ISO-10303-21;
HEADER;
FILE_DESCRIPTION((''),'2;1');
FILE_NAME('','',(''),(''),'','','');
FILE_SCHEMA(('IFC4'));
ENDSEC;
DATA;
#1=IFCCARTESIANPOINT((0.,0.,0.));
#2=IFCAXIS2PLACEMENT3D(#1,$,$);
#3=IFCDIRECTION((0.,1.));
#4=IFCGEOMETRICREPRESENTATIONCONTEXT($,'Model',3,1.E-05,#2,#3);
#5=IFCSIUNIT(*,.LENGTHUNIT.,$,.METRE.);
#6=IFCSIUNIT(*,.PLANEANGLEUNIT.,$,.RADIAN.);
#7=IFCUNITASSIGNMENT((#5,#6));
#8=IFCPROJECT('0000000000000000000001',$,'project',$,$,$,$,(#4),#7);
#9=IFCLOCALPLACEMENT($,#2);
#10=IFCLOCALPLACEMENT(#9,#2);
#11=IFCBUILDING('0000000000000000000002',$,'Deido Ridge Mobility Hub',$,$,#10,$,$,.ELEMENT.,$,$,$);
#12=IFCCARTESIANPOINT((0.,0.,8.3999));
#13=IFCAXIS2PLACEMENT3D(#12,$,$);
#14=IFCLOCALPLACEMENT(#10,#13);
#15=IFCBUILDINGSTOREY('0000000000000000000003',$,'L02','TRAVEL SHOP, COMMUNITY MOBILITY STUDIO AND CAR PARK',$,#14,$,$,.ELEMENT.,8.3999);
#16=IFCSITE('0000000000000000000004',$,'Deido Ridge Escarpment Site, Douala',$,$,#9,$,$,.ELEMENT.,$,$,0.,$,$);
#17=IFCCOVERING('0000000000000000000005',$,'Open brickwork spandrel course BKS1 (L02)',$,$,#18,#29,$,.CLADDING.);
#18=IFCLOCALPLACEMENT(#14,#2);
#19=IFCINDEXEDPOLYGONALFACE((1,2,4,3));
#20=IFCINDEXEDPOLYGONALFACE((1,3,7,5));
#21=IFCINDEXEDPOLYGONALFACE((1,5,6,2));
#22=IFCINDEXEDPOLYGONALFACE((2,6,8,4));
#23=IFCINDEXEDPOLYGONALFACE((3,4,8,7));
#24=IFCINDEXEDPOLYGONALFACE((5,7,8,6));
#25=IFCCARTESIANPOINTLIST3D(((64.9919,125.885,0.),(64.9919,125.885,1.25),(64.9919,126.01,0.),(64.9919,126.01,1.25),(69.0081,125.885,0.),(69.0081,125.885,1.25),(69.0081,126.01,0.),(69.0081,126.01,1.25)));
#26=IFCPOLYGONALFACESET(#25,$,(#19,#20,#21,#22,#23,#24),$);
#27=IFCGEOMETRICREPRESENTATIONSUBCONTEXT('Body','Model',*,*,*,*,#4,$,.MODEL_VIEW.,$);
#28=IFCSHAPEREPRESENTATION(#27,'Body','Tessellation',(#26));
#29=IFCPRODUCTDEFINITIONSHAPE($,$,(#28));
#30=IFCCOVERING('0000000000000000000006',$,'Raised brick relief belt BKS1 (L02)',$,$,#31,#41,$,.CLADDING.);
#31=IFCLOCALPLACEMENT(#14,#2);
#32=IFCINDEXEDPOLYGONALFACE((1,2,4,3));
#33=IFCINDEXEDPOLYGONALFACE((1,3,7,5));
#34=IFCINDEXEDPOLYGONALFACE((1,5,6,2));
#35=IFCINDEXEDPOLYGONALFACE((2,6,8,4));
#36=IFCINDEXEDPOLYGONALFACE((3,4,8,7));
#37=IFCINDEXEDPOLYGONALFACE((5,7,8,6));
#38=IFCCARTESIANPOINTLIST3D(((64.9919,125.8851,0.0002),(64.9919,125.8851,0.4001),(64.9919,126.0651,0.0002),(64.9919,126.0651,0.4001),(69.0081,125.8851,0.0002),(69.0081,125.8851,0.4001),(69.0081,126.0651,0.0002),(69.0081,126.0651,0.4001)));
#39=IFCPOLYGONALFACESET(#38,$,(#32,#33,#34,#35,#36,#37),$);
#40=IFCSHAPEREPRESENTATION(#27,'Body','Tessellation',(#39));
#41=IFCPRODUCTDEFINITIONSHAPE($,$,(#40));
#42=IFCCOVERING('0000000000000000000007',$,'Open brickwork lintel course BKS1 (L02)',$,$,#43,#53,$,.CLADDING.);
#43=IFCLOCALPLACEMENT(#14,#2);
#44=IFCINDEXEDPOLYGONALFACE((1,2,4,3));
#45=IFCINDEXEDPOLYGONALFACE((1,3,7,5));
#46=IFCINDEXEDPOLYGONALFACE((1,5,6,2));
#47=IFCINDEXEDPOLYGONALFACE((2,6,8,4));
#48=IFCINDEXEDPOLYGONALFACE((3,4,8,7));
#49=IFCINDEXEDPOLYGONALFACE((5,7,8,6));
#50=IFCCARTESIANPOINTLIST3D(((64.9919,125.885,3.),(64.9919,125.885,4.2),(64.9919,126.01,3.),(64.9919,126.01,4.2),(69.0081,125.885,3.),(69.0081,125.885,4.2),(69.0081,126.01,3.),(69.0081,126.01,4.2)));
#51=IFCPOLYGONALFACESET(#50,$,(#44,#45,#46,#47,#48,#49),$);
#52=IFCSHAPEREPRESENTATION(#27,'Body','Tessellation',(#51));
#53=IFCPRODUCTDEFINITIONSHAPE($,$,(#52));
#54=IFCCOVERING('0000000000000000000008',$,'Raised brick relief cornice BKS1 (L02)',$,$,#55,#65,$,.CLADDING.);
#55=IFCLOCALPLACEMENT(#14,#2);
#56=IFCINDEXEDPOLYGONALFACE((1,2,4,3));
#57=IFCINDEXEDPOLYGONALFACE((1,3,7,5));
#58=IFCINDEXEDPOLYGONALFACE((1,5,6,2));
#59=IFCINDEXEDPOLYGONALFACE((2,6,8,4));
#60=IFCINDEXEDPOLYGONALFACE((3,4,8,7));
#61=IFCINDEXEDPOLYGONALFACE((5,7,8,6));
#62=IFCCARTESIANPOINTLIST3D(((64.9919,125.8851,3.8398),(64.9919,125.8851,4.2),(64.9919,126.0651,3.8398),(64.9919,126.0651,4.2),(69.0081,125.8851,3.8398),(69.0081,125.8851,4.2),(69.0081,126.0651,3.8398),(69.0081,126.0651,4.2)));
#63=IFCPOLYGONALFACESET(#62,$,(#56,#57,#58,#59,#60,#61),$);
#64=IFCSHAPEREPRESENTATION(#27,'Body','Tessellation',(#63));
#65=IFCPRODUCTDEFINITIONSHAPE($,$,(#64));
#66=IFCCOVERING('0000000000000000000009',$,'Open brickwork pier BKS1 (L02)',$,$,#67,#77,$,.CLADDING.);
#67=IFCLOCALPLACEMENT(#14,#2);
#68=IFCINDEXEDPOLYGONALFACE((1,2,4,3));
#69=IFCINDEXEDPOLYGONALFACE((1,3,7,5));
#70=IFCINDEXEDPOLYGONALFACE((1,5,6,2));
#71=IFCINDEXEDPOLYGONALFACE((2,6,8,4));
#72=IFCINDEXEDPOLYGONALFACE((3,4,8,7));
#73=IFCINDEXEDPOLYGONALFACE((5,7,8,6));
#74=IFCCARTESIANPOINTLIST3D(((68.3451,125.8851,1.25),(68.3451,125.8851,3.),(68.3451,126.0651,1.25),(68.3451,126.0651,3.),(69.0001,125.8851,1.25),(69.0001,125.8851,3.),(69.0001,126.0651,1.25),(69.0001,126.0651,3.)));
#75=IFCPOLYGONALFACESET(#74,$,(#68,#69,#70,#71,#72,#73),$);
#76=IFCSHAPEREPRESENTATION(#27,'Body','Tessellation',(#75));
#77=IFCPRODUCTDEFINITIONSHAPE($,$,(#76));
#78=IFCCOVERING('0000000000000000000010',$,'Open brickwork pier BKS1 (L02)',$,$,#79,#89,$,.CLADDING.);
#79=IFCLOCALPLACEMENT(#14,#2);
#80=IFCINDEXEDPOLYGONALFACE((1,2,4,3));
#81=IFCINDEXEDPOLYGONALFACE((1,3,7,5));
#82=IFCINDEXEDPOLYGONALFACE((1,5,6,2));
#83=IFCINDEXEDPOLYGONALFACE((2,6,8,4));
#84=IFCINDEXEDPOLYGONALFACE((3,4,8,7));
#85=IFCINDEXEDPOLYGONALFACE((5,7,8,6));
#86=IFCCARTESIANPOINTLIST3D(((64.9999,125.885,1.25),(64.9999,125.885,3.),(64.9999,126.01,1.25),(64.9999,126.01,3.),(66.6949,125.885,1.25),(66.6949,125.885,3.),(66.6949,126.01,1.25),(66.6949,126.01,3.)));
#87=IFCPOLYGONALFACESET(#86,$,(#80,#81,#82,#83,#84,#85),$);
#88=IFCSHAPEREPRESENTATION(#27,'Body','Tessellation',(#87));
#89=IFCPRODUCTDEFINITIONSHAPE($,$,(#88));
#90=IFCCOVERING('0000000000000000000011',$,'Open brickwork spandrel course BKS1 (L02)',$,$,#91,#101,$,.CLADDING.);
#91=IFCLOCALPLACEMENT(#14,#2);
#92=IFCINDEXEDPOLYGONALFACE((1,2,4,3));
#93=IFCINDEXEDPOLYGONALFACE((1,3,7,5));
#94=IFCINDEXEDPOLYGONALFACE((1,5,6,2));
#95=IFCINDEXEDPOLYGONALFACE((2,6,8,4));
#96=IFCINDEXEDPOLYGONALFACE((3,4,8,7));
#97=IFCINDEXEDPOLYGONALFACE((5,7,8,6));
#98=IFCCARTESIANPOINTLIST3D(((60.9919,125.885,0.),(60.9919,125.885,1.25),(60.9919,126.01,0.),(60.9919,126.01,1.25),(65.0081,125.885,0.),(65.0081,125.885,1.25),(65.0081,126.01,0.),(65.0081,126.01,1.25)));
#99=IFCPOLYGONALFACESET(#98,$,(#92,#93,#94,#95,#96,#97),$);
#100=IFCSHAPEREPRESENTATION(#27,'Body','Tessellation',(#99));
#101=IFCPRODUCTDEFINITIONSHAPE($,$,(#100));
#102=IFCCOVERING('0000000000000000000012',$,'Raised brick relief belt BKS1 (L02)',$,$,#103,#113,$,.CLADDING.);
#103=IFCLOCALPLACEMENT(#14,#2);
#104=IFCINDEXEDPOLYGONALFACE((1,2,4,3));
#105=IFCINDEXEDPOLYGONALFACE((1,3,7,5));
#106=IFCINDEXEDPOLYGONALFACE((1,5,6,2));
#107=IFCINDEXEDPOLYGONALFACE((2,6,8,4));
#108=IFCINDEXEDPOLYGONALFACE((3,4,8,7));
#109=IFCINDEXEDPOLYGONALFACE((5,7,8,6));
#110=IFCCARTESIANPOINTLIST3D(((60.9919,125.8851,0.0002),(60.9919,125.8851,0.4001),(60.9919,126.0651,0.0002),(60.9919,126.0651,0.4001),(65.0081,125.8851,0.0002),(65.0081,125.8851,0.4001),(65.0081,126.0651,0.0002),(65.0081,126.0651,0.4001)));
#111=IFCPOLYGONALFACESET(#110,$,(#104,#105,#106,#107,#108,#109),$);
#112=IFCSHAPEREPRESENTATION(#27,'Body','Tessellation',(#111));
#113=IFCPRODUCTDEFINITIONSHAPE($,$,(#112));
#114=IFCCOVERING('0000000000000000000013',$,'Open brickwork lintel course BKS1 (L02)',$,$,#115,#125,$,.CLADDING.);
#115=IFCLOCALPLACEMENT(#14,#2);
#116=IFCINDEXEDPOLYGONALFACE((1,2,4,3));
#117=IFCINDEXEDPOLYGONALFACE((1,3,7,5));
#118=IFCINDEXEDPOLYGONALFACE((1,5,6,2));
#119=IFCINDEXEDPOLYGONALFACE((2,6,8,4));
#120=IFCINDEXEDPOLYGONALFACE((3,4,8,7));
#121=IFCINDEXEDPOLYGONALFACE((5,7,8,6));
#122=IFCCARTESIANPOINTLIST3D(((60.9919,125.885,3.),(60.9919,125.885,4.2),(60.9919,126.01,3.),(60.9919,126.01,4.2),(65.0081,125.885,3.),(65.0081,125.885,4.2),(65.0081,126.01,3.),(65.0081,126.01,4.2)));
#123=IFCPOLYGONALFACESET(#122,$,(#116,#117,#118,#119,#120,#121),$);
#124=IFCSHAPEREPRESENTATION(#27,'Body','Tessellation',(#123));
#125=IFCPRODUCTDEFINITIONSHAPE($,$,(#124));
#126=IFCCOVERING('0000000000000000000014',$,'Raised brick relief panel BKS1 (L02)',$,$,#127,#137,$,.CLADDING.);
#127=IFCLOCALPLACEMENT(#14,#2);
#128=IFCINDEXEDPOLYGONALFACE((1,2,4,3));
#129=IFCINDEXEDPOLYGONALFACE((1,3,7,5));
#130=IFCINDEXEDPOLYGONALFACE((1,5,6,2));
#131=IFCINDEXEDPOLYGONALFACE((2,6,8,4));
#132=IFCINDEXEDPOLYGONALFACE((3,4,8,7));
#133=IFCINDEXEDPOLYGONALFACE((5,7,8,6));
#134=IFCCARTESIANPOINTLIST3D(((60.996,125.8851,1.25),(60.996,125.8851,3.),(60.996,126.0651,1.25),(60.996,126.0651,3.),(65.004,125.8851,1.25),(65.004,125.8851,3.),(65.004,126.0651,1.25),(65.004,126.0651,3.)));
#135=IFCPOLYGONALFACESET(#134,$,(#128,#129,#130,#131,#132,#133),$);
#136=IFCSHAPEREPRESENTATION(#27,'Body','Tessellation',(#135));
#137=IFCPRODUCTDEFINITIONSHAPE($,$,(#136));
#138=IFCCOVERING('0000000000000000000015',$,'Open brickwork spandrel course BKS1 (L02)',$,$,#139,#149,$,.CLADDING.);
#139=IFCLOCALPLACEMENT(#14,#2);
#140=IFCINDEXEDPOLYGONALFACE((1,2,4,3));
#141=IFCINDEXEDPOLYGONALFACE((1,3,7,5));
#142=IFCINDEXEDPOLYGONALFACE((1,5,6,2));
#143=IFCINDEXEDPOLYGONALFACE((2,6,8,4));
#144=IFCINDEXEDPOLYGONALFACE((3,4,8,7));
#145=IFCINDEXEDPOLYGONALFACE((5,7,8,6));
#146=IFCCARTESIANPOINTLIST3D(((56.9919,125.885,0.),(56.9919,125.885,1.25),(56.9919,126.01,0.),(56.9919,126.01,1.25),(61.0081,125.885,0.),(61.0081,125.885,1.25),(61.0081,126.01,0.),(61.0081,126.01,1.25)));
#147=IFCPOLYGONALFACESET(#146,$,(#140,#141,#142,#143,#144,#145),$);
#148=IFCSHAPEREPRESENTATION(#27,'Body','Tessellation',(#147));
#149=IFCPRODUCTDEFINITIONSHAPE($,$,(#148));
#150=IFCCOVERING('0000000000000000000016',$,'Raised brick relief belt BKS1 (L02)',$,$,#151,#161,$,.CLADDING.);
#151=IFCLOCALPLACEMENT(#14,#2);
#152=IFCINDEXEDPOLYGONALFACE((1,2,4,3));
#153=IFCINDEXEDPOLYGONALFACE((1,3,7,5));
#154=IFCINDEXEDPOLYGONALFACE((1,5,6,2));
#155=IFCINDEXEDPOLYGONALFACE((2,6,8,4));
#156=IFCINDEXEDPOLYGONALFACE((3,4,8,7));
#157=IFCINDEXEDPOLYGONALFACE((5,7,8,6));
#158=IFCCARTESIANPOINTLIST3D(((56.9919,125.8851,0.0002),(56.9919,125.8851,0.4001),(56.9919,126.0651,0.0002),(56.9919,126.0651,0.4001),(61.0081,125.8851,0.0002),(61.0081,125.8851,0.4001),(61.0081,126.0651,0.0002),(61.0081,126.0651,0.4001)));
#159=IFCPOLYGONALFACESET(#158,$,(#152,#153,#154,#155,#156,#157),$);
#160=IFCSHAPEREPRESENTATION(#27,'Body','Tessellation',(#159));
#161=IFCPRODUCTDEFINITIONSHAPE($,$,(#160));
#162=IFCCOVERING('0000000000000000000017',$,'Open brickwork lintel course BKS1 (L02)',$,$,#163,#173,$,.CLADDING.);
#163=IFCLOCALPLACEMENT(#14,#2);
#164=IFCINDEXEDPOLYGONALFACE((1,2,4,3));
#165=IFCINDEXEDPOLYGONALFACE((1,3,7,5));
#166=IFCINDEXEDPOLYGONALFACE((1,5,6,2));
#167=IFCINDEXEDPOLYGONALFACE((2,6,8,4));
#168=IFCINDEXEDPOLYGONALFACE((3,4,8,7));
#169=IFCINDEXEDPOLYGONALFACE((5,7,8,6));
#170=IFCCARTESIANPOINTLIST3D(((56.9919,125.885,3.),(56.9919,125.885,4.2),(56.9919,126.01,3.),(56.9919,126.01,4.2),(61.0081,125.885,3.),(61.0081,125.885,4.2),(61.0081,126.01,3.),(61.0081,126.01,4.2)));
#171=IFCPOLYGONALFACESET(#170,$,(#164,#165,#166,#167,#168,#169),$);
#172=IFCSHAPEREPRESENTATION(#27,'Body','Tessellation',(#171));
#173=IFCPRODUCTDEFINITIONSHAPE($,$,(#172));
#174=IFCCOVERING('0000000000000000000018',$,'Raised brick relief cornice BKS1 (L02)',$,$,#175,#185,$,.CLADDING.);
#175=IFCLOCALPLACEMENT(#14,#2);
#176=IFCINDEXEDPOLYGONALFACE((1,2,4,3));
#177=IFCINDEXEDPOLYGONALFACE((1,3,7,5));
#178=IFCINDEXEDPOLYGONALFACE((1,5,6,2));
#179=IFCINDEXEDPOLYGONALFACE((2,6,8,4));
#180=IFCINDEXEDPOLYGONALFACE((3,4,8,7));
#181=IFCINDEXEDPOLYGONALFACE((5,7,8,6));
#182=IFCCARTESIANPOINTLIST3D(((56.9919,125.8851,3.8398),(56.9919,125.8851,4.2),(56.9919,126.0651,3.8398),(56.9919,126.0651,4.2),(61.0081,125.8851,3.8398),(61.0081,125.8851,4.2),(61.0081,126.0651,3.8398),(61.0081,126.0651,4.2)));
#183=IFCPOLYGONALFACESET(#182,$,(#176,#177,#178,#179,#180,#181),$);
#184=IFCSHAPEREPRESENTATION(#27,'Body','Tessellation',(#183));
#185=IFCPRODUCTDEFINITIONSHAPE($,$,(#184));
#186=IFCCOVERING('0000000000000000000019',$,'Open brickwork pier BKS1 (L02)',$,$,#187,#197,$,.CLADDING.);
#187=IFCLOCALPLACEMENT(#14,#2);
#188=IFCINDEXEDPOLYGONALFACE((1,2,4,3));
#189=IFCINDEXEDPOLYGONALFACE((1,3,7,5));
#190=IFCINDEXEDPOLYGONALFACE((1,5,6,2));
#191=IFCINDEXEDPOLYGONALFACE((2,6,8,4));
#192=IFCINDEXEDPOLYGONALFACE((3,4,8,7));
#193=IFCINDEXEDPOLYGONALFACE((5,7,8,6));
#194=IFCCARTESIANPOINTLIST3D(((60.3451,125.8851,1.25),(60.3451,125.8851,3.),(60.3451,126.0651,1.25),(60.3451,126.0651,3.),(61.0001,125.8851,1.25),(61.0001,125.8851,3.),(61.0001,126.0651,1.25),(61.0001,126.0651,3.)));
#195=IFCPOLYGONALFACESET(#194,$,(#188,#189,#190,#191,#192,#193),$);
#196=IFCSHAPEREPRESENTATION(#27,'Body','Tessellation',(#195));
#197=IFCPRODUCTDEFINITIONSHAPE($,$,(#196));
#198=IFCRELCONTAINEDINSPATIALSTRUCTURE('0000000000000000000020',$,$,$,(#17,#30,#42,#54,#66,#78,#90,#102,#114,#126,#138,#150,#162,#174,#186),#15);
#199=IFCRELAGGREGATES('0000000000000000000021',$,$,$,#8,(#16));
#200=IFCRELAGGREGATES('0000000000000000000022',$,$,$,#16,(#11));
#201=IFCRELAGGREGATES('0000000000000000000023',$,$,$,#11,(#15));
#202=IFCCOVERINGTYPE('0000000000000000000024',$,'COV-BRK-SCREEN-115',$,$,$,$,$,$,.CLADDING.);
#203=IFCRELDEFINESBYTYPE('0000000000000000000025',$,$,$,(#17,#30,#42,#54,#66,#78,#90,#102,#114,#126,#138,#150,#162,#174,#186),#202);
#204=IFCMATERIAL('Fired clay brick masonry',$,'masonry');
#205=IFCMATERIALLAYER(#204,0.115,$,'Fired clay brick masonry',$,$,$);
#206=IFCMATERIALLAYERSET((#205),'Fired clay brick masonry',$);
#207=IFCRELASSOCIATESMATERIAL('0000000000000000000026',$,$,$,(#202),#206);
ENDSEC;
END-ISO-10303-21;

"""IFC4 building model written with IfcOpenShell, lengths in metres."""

from ifc_helpers import new_model, si_unit, direction, frame, origin, origin_2d, place, context, subcontext, project, spatial, rectangle, extrude, material, layer, layer_set, type_object, element, save


model = new_model("IFC4")

# Units and contexts
model_context = context("Model", 3, precision=1e-05, world=origin(), true_north=direction((0.0, 1.0)))
body_context = subcontext(model_context, "Body", "Model", "MODEL_VIEW")
ifc_project = project(units=[si_unit("LENGTHUNIT", "METRE"), si_unit("PLANEANGLEUNIT", "RADIAN")], contexts=[model_context])

# Site, building, storey
site_placement = place(None, origin())
site = spatial("IfcSite", under=ifc_project, at=site_placement, Name="Deido Ridge Escarpment Site, Douala", CompositionType="ELEMENT", RefElevation=0.0)
building_placement = place(site_placement, origin())
building = spatial("IfcBuilding", under=site, at=building_placement, Name="Deido Ridge Mobility Hub", CompositionType="ELEMENT")
storey_placement = place(building_placement, frame((0.0, 0.0, 8.3999)))
storey = spatial("IfcBuildingStorey", under=building, at=storey_placement, Name="L02", Description="TRAVEL SHOP, COMMUNITY MOBILITY STUDIO AND CAR PARK", CompositionType="ELEMENT", Elevation=8.3999)

# Coverings
ifc_material_1 = material(Name="Fired clay brick masonry", Category="masonry")
ifc_layer = layer(ifc_material_1, 0.115, Name="Fired clay brick masonry")
ifc_layer_set = layer_set([ifc_layer], Name="Fired clay brick masonry")
covering_type = type_object("IfcCoveringType", Name="COV-BRK-SCREEN-115", PredefinedType="CLADDING", material=ifc_layer_set)
covering_1_placement = place(storey_placement, frame((67.0, 125.9475, 0.0), z_axis=(0.0, 0.0, 1.0), x_axis=(-1.0, 0.0, 0.0)))
element("IfcCovering", 1, at=covering_1_placement, inside=storey, type_object=covering_type, Name="Open brickwork spandrel course BKS1 (L02)", PredefinedType="CLADDING", context=body_context, shape_type="SweptSolid", body=[
    extrude(rectangle(XDim=4.0161, YDim=0.125, at=origin_2d()), origin(), (0.0, 0.0, 1.0), 1.25),
])
covering_2_placement = place(storey_placement, frame((67.0, 125.9751, 0.0002), z_axis=(0.0, 0.0, 1.0), x_axis=(-1.0, 0.0, 0.0)))
element("IfcCovering", 2, at=covering_2_placement, inside=storey, type_object=covering_type, Name="Raised brick relief belt BKS1 (L02)", PredefinedType="CLADDING", context=body_context, shape_type="SweptSolid", body=[
    extrude(rectangle(XDim=4.0161, YDim=0.1799, at=origin_2d()), origin(), (0.0, 0.0, 1.0), 0.3999),
])
covering_3_placement = place(storey_placement, frame((67.0, 125.9475, 3.0), z_axis=(0.0, 0.0, 1.0), x_axis=(-1.0, 0.0, 0.0)))
element("IfcCovering", 3, at=covering_3_placement, inside=storey, type_object=covering_type, Name="Open brickwork lintel course BKS1 (L02)", PredefinedType="CLADDING", context=body_context, shape_type="SweptSolid", body=[
    extrude(rectangle(XDim=4.0161, YDim=0.125, at=origin_2d()), origin(), (0.0, 0.0, 1.0), 1.2),
])
covering_4_placement = place(storey_placement, frame((67.0, 125.9751, 3.8398), z_axis=(0.0, 0.0, 1.0), x_axis=(-1.0, 0.0, 0.0)))
element("IfcCovering", 4, at=covering_4_placement, inside=storey, type_object=covering_type, Name="Raised brick relief cornice BKS1 (L02)", PredefinedType="CLADDING", context=body_context, shape_type="SweptSolid", body=[
    extrude(rectangle(XDim=4.0161, YDim=0.1799, at=origin_2d()), origin(), (0.0, 0.0, 1.0), 0.3601),
])
covering_5_placement = place(storey_placement, frame((68.6726, 125.9751, 1.25), z_axis=(0.0, 0.0, 1.0), x_axis=(-1.0, 0.0, 0.0)))
element("IfcCovering", 5, at=covering_5_placement, inside=storey, type_object=covering_type, Name="Open brickwork pier BKS1 (L02)", PredefinedType="CLADDING", context=body_context, shape_type="SweptSolid", body=[
    extrude(rectangle(XDim=0.655, YDim=0.1799, at=origin_2d()), origin(), (0.0, 0.0, 1.0), 1.75),
])
covering_6_placement = place(storey_placement, frame((65.8474, 125.9475, 1.25), z_axis=(0.0, 0.0, 1.0), x_axis=(-1.0, 0.0, 0.0)))
element("IfcCovering", 6, at=covering_6_placement, inside=storey, type_object=covering_type, Name="Open brickwork pier BKS1 (L02)", PredefinedType="CLADDING", context=body_context, shape_type="SweptSolid", body=[
    extrude(rectangle(XDim=1.6951, YDim=0.125, at=origin_2d()), origin(), (0.0, 0.0, 1.0), 1.75),
])
covering_7_placement = place(storey_placement, frame((63.0, 125.9475, 0.0), z_axis=(0.0, 0.0, 1.0), x_axis=(-1.0, 0.0, 0.0)))
element("IfcCovering", 7, at=covering_7_placement, inside=storey, type_object=covering_type, Name="Open brickwork spandrel course BKS1 (L02)", PredefinedType="CLADDING", context=body_context, shape_type="SweptSolid", body=[
    extrude(rectangle(XDim=4.0161, YDim=0.125, at=origin_2d()), origin(), (0.0, 0.0, 1.0), 1.25),
])
covering_8_placement = place(storey_placement, frame((63.0, 125.9751, 0.0002), z_axis=(0.0, 0.0, 1.0), x_axis=(-1.0, 0.0, 0.0)))
element("IfcCovering", 8, at=covering_8_placement, inside=storey, type_object=covering_type, Name="Raised brick relief belt BKS1 (L02)", PredefinedType="CLADDING", context=body_context, shape_type="SweptSolid", body=[
    extrude(rectangle(XDim=4.0161, YDim=0.1799, at=origin_2d()), origin(), (0.0, 0.0, 1.0), 0.3999),
])
covering_9_placement = place(storey_placement, frame((63.0, 125.9475, 3.0), z_axis=(0.0, 0.0, 1.0), x_axis=(-1.0, 0.0, 0.0)))
element("IfcCovering", 9, at=covering_9_placement, inside=storey, type_object=covering_type, Name="Open brickwork lintel course BKS1 (L02)", PredefinedType="CLADDING", context=body_context, shape_type="SweptSolid", body=[
    extrude(rectangle(XDim=4.0161, YDim=0.125, at=origin_2d()), origin(), (0.0, 0.0, 1.0), 1.2),
])
covering_10_placement = place(storey_placement, frame((63.0, 125.9751, 1.25), z_axis=(0.0, 0.0, 1.0), x_axis=(-1.0, 0.0, 0.0)))
element("IfcCovering", 10, at=covering_10_placement, inside=storey, type_object=covering_type, Name="Raised brick relief panel BKS1 (L02)", PredefinedType="CLADDING", context=body_context, shape_type="SweptSolid", body=[
    extrude(rectangle(XDim=4.0081, YDim=0.1799, at=origin_2d()), origin(), (0.0, 0.0, 1.0), 1.75),
])
covering_11_placement = place(storey_placement, frame((59.0, 125.9475, 0.0), z_axis=(0.0, 0.0, 1.0), x_axis=(-1.0, 0.0, 0.0)))
element("IfcCovering", 11, at=covering_11_placement, inside=storey, type_object=covering_type, Name="Open brickwork spandrel course BKS1 (L02)", PredefinedType="CLADDING", context=body_context, shape_type="SweptSolid", body=[
    extrude(rectangle(XDim=4.0161, YDim=0.125, at=origin_2d()), origin(), (0.0, 0.0, 1.0), 1.25),
])
covering_12_placement = place(storey_placement, frame((59.0, 125.9751, 0.0002), z_axis=(0.0, 0.0, 1.0), x_axis=(-1.0, 0.0, 0.0)))
element("IfcCovering", 12, at=covering_12_placement, inside=storey, type_object=covering_type, Name="Raised brick relief belt BKS1 (L02)", PredefinedType="CLADDING", context=body_context, shape_type="SweptSolid", body=[
    extrude(rectangle(XDim=4.0161, YDim=0.1799, at=origin_2d()), origin(), (0.0, 0.0, 1.0), 0.3999),
])
covering_13_placement = place(storey_placement, frame((59.0, 125.9475, 3.0), z_axis=(0.0, 0.0, 1.0), x_axis=(-1.0, 0.0, 0.0)))
element("IfcCovering", 13, at=covering_13_placement, inside=storey, type_object=covering_type, Name="Open brickwork lintel course BKS1 (L02)", PredefinedType="CLADDING", context=body_context, shape_type="SweptSolid", body=[
    extrude(rectangle(XDim=4.0161, YDim=0.125, at=origin_2d()), origin(), (0.0, 0.0, 1.0), 1.2),
])
covering_14_placement = place(storey_placement, frame((59.0, 125.9751, 3.8398), z_axis=(0.0, 0.0, 1.0), x_axis=(-1.0, 0.0, 0.0)))
element("IfcCovering", 14, at=covering_14_placement, inside=storey, type_object=covering_type, Name="Raised brick relief cornice BKS1 (L02)", PredefinedType="CLADDING", context=body_context, shape_type="SweptSolid", body=[
    extrude(rectangle(XDim=4.0161, YDim=0.1799, at=origin_2d()), origin(), (0.0, 0.0, 1.0), 0.3601),
])
covering_15_placement = place(storey_placement, frame((60.6726, 125.9751, 1.25), z_axis=(0.0, 0.0, 1.0), x_axis=(-1.0, 0.0, 0.0)))
element("IfcCovering", 15, at=covering_15_placement, inside=storey, type_object=covering_type, Name="Open brickwork pier BKS1 (L02)", PredefinedType="CLADDING", context=body_context, shape_type="SweptSolid", body=[
    extrude(rectangle(XDim=0.655, YDim=0.1799, at=origin_2d()), origin(), (0.0, 0.0, 1.0), 1.75),
])

save(model, "model.ifc")
